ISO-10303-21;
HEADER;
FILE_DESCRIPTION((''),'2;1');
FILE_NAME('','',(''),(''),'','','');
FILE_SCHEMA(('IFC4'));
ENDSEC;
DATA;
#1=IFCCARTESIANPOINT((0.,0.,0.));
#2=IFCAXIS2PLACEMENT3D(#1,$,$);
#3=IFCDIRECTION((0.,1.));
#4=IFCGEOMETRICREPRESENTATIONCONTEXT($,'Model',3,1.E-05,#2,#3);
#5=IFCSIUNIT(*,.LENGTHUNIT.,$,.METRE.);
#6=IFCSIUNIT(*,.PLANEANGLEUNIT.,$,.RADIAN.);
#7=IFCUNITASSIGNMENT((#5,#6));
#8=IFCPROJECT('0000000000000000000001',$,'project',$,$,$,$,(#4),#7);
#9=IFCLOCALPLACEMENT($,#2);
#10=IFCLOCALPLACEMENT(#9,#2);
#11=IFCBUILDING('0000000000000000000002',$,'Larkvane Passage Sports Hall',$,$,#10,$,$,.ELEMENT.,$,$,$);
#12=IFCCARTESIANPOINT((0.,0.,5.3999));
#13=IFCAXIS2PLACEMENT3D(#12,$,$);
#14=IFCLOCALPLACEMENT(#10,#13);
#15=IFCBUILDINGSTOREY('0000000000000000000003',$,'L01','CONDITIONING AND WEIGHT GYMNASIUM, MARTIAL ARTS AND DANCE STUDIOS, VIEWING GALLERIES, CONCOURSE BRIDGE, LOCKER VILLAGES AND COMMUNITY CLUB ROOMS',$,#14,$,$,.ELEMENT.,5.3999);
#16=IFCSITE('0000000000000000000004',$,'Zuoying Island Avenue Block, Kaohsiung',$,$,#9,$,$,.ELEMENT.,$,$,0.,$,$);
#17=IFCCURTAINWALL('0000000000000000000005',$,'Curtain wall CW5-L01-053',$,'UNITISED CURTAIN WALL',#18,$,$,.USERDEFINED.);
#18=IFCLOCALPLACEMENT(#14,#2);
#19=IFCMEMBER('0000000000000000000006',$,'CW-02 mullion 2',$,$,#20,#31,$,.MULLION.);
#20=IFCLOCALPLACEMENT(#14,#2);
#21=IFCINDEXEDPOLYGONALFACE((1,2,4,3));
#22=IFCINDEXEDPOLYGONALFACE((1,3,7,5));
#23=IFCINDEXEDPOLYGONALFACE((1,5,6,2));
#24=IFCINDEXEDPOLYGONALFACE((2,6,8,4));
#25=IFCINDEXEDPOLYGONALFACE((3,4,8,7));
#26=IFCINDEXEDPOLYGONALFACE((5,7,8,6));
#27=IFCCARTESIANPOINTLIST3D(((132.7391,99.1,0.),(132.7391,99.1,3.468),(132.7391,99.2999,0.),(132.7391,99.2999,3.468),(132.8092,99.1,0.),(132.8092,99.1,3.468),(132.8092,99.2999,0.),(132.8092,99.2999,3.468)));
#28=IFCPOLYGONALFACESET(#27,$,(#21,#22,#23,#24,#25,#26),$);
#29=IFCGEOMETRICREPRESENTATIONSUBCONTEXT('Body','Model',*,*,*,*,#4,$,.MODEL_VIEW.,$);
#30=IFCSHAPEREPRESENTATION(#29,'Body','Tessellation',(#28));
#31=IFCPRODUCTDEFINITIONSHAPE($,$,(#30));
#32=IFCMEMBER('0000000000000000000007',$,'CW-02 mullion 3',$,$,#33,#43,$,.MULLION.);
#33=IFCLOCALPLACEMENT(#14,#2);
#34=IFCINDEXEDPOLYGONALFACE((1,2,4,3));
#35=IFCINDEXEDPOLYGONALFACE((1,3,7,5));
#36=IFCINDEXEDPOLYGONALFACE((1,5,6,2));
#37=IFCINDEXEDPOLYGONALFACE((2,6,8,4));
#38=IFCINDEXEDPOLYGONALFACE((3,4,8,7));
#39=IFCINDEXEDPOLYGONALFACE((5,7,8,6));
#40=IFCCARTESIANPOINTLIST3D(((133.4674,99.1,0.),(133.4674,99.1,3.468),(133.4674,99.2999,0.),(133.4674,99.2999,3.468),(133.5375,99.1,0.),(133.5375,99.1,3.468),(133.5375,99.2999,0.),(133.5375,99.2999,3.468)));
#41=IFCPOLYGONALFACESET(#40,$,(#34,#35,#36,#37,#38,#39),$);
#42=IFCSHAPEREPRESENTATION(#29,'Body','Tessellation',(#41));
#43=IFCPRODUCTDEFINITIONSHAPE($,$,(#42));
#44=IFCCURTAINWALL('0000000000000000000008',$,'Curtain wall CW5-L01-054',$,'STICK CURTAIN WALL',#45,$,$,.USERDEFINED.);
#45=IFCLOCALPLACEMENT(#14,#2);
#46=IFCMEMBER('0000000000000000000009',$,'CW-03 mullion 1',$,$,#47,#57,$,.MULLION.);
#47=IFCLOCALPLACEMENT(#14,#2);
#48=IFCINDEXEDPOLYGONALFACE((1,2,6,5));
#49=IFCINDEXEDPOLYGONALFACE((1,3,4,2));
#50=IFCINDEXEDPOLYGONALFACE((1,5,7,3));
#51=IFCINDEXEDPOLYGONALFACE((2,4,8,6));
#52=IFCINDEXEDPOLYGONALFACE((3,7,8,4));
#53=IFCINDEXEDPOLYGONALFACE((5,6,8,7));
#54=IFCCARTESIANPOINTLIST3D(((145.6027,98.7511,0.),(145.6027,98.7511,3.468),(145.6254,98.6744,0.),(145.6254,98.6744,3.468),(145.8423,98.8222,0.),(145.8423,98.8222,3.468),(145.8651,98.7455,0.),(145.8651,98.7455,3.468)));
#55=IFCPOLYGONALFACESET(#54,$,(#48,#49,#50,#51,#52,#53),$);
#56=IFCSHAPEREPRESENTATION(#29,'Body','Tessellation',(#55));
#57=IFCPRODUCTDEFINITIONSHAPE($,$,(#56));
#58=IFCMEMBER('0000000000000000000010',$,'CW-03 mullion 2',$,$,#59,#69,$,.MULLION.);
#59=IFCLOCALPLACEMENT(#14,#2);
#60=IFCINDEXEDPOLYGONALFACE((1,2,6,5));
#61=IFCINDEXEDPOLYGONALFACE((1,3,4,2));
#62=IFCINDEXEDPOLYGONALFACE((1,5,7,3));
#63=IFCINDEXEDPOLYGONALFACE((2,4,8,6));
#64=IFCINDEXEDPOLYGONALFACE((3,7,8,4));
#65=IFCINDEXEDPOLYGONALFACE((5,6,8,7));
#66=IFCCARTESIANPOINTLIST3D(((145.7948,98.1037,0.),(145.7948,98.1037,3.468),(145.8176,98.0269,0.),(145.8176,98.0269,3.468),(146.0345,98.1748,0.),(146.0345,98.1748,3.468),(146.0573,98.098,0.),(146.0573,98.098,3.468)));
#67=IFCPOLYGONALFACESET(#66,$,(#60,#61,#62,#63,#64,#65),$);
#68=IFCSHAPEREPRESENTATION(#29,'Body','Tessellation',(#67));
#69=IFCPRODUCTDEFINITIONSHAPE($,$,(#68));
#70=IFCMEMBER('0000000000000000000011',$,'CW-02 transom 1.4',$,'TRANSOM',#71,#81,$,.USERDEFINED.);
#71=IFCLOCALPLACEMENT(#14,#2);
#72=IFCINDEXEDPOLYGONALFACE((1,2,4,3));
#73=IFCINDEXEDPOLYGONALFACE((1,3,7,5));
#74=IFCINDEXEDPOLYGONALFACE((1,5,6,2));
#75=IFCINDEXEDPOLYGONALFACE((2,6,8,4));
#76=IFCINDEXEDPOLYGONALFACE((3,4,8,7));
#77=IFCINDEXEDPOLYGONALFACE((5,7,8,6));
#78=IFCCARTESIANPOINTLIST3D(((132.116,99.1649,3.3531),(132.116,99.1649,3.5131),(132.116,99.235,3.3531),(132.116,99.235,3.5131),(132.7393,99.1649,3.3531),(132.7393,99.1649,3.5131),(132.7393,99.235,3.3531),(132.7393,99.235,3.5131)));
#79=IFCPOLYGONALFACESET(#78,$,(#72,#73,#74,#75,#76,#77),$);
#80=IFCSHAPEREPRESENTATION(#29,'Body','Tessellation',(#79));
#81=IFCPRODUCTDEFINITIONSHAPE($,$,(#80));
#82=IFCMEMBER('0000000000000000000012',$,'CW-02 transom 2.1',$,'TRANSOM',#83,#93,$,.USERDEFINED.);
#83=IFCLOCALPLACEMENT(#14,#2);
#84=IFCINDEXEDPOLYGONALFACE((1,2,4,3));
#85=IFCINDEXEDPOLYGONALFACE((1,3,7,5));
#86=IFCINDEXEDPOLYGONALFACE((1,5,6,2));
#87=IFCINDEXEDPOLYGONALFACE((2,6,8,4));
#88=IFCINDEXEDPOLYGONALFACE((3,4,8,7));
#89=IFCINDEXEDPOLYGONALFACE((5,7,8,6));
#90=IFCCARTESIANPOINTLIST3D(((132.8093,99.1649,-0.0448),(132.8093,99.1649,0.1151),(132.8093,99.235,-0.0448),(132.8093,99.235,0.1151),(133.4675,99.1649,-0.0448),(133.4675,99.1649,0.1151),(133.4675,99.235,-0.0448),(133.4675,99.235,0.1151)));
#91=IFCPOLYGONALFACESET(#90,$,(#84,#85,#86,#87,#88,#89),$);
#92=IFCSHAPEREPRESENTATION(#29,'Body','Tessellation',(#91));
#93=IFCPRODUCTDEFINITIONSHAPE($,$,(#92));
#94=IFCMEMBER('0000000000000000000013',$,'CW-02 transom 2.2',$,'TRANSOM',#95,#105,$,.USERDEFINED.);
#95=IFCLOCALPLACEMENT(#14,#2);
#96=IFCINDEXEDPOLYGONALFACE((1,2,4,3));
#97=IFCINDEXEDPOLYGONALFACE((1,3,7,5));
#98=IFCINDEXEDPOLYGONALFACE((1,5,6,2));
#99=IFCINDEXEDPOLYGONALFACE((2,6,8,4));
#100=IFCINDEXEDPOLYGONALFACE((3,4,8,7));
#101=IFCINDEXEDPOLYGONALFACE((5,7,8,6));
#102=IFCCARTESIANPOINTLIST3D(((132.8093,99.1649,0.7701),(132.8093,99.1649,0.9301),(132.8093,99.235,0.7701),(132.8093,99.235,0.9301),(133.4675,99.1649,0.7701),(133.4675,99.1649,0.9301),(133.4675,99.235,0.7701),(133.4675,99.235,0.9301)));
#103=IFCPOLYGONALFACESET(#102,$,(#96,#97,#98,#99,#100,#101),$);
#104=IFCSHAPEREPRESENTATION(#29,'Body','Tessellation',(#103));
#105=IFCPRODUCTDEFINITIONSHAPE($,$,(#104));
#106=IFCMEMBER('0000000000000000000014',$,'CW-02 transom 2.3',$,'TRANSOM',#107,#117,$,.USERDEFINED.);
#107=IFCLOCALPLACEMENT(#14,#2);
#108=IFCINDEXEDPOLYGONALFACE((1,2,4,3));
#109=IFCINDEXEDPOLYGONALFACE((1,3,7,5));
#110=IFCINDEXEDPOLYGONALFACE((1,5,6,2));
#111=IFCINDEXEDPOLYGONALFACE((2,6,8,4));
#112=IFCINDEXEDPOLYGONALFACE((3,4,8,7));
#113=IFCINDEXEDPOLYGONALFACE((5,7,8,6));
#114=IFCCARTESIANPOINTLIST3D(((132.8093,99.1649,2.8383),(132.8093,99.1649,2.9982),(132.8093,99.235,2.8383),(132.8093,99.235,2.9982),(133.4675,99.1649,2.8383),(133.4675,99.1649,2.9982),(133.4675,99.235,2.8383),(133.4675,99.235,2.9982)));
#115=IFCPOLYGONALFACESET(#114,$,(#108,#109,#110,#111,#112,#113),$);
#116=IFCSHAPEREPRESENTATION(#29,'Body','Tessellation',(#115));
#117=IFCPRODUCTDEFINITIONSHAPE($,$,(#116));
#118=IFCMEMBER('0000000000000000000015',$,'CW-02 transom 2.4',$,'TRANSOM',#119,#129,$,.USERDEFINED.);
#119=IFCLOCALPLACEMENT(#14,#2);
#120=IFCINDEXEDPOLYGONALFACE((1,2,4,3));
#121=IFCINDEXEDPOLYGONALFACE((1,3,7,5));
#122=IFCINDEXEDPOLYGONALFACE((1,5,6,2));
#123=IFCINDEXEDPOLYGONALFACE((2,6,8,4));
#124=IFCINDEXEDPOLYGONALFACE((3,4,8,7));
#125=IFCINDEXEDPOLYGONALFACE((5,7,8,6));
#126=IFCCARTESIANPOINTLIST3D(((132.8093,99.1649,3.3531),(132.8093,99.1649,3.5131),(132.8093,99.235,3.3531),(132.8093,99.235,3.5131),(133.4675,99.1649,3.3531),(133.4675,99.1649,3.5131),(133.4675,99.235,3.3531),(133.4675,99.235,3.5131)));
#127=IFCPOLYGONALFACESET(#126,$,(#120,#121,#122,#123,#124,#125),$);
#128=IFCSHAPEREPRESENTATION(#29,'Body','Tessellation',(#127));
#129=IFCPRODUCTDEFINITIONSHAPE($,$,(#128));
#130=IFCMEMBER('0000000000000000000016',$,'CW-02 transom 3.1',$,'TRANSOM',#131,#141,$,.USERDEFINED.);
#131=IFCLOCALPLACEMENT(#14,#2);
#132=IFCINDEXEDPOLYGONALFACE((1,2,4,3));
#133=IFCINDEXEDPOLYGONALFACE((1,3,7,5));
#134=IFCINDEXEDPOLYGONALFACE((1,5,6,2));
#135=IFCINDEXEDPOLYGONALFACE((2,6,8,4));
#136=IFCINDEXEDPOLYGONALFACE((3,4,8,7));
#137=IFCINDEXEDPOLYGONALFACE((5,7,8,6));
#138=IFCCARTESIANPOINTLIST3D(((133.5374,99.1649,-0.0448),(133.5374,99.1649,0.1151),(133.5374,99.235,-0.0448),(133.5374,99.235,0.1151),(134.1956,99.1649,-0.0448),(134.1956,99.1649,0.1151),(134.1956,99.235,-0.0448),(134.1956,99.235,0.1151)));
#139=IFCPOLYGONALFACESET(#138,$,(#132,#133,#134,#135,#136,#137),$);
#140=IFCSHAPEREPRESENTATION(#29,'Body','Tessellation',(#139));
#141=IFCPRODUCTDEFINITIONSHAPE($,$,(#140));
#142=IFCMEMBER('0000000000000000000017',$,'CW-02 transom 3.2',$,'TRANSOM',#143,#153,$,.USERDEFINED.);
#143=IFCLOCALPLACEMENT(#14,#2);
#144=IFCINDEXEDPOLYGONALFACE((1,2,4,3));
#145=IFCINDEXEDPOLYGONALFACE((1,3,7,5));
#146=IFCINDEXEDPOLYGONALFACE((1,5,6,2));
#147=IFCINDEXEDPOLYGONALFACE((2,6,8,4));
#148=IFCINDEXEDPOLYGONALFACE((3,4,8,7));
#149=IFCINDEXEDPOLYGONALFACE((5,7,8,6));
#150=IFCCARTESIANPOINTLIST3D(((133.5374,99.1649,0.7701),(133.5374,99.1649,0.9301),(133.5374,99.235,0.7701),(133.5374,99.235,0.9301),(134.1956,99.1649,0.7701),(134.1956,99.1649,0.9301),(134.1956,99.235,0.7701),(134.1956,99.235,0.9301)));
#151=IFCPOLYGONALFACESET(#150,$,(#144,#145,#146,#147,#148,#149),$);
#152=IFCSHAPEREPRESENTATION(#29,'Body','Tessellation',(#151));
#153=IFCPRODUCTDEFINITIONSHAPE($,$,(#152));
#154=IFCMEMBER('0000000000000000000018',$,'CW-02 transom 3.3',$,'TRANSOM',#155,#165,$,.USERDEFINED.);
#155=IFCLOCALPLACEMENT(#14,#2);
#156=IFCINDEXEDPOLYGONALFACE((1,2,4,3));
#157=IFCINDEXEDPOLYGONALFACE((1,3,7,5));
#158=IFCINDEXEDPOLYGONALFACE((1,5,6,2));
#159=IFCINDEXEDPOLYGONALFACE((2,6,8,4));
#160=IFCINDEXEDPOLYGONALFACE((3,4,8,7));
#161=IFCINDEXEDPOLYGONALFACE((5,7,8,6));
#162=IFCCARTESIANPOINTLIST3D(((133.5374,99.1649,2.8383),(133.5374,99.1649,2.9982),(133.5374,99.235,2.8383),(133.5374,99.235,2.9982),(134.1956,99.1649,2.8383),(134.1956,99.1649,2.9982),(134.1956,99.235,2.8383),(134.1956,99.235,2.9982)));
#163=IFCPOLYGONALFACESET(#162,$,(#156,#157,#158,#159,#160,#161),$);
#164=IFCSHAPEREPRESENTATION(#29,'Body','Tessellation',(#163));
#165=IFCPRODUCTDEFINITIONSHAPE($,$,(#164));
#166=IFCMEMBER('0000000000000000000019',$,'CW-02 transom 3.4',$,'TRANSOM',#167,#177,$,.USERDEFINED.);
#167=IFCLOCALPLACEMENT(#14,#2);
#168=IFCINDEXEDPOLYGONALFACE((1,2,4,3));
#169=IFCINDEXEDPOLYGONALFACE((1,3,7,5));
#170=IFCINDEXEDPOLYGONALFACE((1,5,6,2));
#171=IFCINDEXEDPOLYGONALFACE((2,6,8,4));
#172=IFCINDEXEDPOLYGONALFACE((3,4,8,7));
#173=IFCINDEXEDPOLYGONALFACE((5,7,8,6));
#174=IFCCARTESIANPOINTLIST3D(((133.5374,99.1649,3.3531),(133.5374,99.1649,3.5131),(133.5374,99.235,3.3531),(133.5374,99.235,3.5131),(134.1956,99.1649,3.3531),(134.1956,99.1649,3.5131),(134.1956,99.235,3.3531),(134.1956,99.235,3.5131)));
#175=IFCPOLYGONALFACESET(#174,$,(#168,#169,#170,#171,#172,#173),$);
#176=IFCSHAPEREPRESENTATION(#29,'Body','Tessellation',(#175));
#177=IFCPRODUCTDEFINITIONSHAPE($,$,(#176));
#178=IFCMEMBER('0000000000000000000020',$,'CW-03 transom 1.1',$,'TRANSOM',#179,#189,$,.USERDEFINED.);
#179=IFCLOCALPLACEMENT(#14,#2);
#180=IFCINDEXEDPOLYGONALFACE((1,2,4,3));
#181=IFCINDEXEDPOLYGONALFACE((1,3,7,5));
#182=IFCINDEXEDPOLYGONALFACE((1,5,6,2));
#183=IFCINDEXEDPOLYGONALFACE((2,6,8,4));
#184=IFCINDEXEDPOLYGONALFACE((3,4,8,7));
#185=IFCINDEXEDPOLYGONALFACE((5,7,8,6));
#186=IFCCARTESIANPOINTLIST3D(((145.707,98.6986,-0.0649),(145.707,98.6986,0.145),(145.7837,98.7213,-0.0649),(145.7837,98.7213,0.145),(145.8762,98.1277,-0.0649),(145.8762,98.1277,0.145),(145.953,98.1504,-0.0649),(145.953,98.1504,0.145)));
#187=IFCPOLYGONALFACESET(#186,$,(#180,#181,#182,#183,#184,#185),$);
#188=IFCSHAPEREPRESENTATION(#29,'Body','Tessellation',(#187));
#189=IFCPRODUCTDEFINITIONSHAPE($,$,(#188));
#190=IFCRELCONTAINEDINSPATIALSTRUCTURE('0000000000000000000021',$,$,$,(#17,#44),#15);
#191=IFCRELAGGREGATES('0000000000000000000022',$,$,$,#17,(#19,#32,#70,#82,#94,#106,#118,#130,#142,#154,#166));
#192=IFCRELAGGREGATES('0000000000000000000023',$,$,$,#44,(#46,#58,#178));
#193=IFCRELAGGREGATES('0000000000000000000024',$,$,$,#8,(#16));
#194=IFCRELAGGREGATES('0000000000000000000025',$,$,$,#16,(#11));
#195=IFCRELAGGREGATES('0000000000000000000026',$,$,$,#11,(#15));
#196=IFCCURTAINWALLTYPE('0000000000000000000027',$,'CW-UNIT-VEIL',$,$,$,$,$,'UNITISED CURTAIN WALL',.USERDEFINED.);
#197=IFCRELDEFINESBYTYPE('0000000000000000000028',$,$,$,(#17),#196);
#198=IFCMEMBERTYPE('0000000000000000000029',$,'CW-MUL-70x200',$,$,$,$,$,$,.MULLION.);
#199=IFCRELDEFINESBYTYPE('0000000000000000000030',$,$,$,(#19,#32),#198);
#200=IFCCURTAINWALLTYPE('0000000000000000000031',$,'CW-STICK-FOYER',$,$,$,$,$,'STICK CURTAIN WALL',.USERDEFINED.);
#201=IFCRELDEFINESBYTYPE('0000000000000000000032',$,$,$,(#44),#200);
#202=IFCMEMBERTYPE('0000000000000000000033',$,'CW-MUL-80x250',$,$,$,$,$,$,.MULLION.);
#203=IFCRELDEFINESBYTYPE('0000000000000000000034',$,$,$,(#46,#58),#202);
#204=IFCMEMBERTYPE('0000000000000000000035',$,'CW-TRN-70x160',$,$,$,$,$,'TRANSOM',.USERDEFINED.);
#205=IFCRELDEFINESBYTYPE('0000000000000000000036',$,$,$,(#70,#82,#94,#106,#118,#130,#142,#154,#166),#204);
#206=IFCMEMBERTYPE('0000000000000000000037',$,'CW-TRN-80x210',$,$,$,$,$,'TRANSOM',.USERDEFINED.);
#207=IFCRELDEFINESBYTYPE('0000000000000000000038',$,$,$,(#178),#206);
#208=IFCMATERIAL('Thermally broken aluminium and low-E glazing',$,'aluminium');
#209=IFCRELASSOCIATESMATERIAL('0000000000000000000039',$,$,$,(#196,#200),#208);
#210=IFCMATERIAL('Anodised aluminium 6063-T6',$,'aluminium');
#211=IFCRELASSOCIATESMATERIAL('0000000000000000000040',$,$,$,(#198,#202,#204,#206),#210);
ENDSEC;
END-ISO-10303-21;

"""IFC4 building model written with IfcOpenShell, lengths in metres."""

from ifc_helpers import new_model, si_unit, direction, frame, origin, origin_2d, place, context, subcontext, project, spatial, rectangle, extrude, material, material_profile, profile_set, type_object, element, aggregate, save


model = new_model("IFC4")

# Units and contexts
model_context = context("Model", 3, precision=1e-05, world=origin(), true_north=direction((0.0, 1.0)))
body_context = subcontext(model_context, "Body", "Model", "MODEL_VIEW")
ifc_project = project(units=[si_unit("LENGTHUNIT", "METRE"), si_unit("PLANEANGLEUNIT", "RADIAN")], contexts=[model_context])

# Site, building, storey
site_placement = place(None, origin())
site = spatial("IfcSite", under=ifc_project, at=site_placement, Name="Zuoying Island Avenue Block, Kaohsiung", CompositionType="ELEMENT", RefElevation=0.0)
building_placement = place(site_placement, origin())
building = spatial("IfcBuilding", under=site, at=building_placement, Name="Larkvane Passage Sports Hall", CompositionType="ELEMENT")
storey_placement = place(building_placement, frame((0.0, 0.0, 5.3999)))
storey = spatial("IfcBuildingStorey", under=building, at=storey_placement, Name="L01", Description="CONDITIONING AND WEIGHT GYMNASIUM, MARTIAL ARTS AND DANCE STUDIOS, VIEWING GALLERIES, CONCOURSE BRIDGE, LOCKER VILLAGES AND COMMUNITY CLUB ROOMS", CompositionType="ELEMENT", Elevation=5.3999)

# Curtain walls, members
ifc_material_1 = material(Name="Thermally broken aluminium and low-E glazing", Category="aluminium")
curtain_wall_type_1 = type_object("IfcCurtainWallType", Name="CW-UNIT-VEIL", ElementType="UNITISED CURTAIN WALL", PredefinedType="USERDEFINED", material=ifc_material_1)
curtain_wall_1_placement = place(storey_placement, origin())
curtain_wall_1 = element("IfcCurtainWall", 1, at=curtain_wall_1_placement, inside=storey, type_object=curtain_wall_type_1, Name="Curtain wall CW5-L01-053", ObjectType="UNITISED CURTAIN WALL", PredefinedType="USERDEFINED")
ifc_material_2 = material(Name="Anodised aluminium 6063-T6", Category="aluminium")
ifc_material_profile_1 = material_profile(ifc_material_2, rectangle(XDim=0.0701, YDim=0.2, at=origin_2d()), Name="ALU-MUL-70x200")
ifc_profile_set_1 = profile_set([ifc_material_profile_1], Name="Anodised aluminium 6063-T6")
member_type_1 = type_object("IfcMemberType", Name="CW-MUL-70x200", PredefinedType="MULLION", material=ifc_profile_set_1)
member_1_placement = place(storey_placement, frame((132.7742, 99.2, 0.0), z_axis=(0.0, 0.0, 1.0), x_axis=(1.0, 0.0, 0.0)))
member_1 = element("IfcMember", 2, at=member_1_placement, type_object=member_type_1, Name="CW-02 mullion 2", PredefinedType="MULLION", context=body_context, shape_type="SweptSolid", body=[
    extrude(rectangle(XDim=0.0701, YDim=0.2, at=origin_2d()), origin(), (0.0, 0.0, 1.0), 3.468),
])
member_2_placement = place(storey_placement, frame((133.5024, 99.2, 0.0), z_axis=(0.0, 0.0, 1.0), x_axis=(1.0, 0.0, 0.0)))
member_2 = element("IfcMember", 3, at=member_2_placement, type_object=member_type_1, Name="CW-02 mullion 3", PredefinedType="MULLION", context=body_context, shape_type="SweptSolid", body=[
    extrude(rectangle(XDim=0.0701, YDim=0.2, at=origin_2d()), origin(), (0.0, 0.0, 1.0), 3.468),
])
curtain_wall_type_2 = type_object("IfcCurtainWallType", Name="CW-STICK-FOYER", ElementType="STICK CURTAIN WALL", PredefinedType="USERDEFINED", material=ifc_material_1)
curtain_wall_2_placement = place(storey_placement, origin())
curtain_wall_2 = element("IfcCurtainWall", 4, at=curtain_wall_2_placement, inside=storey, type_object=curtain_wall_type_2, Name="Curtain wall CW5-L01-054", ObjectType="STICK CURTAIN WALL", PredefinedType="USERDEFINED")
ifc_material_profile_2 = material_profile(ifc_material_2, rectangle(XDim=0.0801, YDim=0.25, at=origin_2d()), Name="ALU-MUL-80x250")
ifc_profile_set_2 = profile_set([ifc_material_profile_2], Name="Anodised aluminium 6063-T6")
member_type_2 = type_object("IfcMemberType", Name="CW-MUL-80x250", PredefinedType="MULLION", material=ifc_profile_set_2)
member_3_placement = place(storey_placement, frame((145.7339, 98.7483, 0.0), z_axis=(0.0, 0.0, 1.0), x_axis=(0.284363, -0.958717, 0.0)))
member_3 = element("IfcMember", 5, at=member_3_placement, type_object=member_type_2, Name="CW-03 mullion 1", PredefinedType="MULLION", context=body_context, shape_type="SweptSolid", body=[
    extrude(rectangle(XDim=0.0801, YDim=0.25, at=origin_2d()), origin(), (0.0, 0.0, 1.0), 3.468),
])
member_4_placement = place(storey_placement, frame((145.926, 98.1008, 0.0), z_axis=(0.0, 0.0, 1.0), x_axis=(0.284363, -0.958717, 0.0)))
member_4 = element("IfcMember", 6, at=member_4_placement, type_object=member_type_2, Name="CW-03 mullion 2", PredefinedType="MULLION", context=body_context, shape_type="SweptSolid", body=[
    extrude(rectangle(XDim=0.0801, YDim=0.25, at=origin_2d()), origin(), (0.0, 0.0, 1.0), 3.468),
])

# Members
ifc_material_profile_3 = material_profile(ifc_material_2, rectangle(XDim=0.0701, YDim=0.1599, at=origin_2d()), Name="ALU-TRN-70x160")
ifc_profile_set_3 = profile_set([ifc_material_profile_3], Name="Anodised aluminium 6063-T6")
member_type_3 = type_object("IfcMemberType", Name="CW-TRN-70x160", ElementType="TRANSOM", PredefinedType="USERDEFINED", material=ifc_profile_set_3)
member_5_placement = place(storey_placement, frame((132.116, 99.2, 3.4331), z_axis=(1.0, 0.0, 0.0), x_axis=(0.0, 1.0, 0.0)))
member_5 = element("IfcMember", 7, at=member_5_placement, type_object=member_type_3, Name="CW-02 transom 1.4", ObjectType="TRANSOM", PredefinedType="USERDEFINED", context=body_context, shape_type="SweptSolid", body=[
    extrude(rectangle(XDim=0.0701, YDim=0.1599, at=origin_2d()), origin(), (0.0, 0.0, 1.0), 0.6233),
])
member_6_placement = place(storey_placement, frame((132.8093, 99.2, 0.0352), z_axis=(1.0, 0.0, 0.0), x_axis=(0.0, 1.0, 0.0)))
member_6 = element("IfcMember", 8, at=member_6_placement, type_object=member_type_3, Name="CW-02 transom 2.1", ObjectType="TRANSOM", PredefinedType="USERDEFINED", context=body_context, shape_type="SweptSolid", body=[
    extrude(rectangle(XDim=0.0701, YDim=0.1599, at=origin_2d()), origin(), (0.0, 0.0, 1.0), 0.6582),
])
member_7_placement = place(storey_placement, frame((132.8093, 99.2, 0.8501), z_axis=(1.0, 0.0, 0.0), x_axis=(0.0, 1.0, 0.0)))
member_7 = element("IfcMember", 9, at=member_7_placement, type_object=member_type_3, Name="CW-02 transom 2.2", ObjectType="TRANSOM", PredefinedType="USERDEFINED", context=body_context, shape_type="SweptSolid", body=[
    extrude(rectangle(XDim=0.0701, YDim=0.1599, at=origin_2d()), origin(), (0.0, 0.0, 1.0), 0.6582),
])
member_8_placement = place(storey_placement, frame((132.8093, 99.2, 2.9182), z_axis=(1.0, 0.0, 0.0), x_axis=(0.0, 1.0, 0.0)))
member_8 = element("IfcMember", 10, at=member_8_placement, type_object=member_type_3, Name="CW-02 transom 2.3", ObjectType="TRANSOM", PredefinedType="USERDEFINED", context=body_context, shape_type="SweptSolid", body=[
    extrude(rectangle(XDim=0.0701, YDim=0.1599, at=origin_2d()), origin(), (0.0, 0.0, 1.0), 0.6582),
])
member_9_placement = place(storey_placement, frame((132.8093, 99.2, 3.4331), z_axis=(1.0, 0.0, 0.0), x_axis=(0.0, 1.0, 0.0)))
member_9 = element("IfcMember", 11, at=member_9_placement, type_object=member_type_3, Name="CW-02 transom 2.4", ObjectType="TRANSOM", PredefinedType="USERDEFINED", context=body_context, shape_type="SweptSolid", body=[
    extrude(rectangle(XDim=0.0701, YDim=0.1599, at=origin_2d()), origin(), (0.0, 0.0, 1.0), 0.6582),
])
member_10_placement = place(storey_placement, frame((133.5374, 99.2, 0.0352), z_axis=(1.0, 0.0, 0.0), x_axis=(0.0, 1.0, 0.0)))
member_10 = element("IfcMember", 12, at=member_10_placement, type_object=member_type_3, Name="CW-02 transom 3.1", ObjectType="TRANSOM", PredefinedType="USERDEFINED", context=body_context, shape_type="SweptSolid", body=[
    extrude(rectangle(XDim=0.0701, YDim=0.1599, at=origin_2d()), origin(), (0.0, 0.0, 1.0), 0.6582),
])
member_11_placement = place(storey_placement, frame((133.5374, 99.2, 0.8501), z_axis=(1.0, 0.0, 0.0), x_axis=(0.0, 1.0, 0.0)))
member_11 = element("IfcMember", 13, at=member_11_placement, type_object=member_type_3, Name="CW-02 transom 3.2", ObjectType="TRANSOM", PredefinedType="USERDEFINED", context=body_context, shape_type="SweptSolid", body=[
    extrude(rectangle(XDim=0.0701, YDim=0.1599, at=origin_2d()), origin(), (0.0, 0.0, 1.0), 0.6582),
])
member_12_placement = place(storey_placement, frame((133.5374, 99.2, 2.9182), z_axis=(1.0, 0.0, 0.0), x_axis=(0.0, 1.0, 0.0)))
member_12 = element("IfcMember", 14, at=member_12_placement, type_object=member_type_3, Name="CW-02 transom 3.3", ObjectType="TRANSOM", PredefinedType="USERDEFINED", context=body_context, shape_type="SweptSolid", body=[
    extrude(rectangle(XDim=0.0701, YDim=0.1599, at=origin_2d()), origin(), (0.0, 0.0, 1.0), 0.6582),
])
member_13_placement = place(storey_placement, frame((133.5374, 99.2, 3.4331), z_axis=(1.0, 0.0, 0.0), x_axis=(0.0, 1.0, 0.0)))
member_13 = element("IfcMember", 15, at=member_13_placement, type_object=member_type_3, Name="CW-02 transom 3.4", ObjectType="TRANSOM", PredefinedType="USERDEFINED", context=body_context, shape_type="SweptSolid", body=[
    extrude(rectangle(XDim=0.0701, YDim=0.1599, at=origin_2d()), origin(), (0.0, 0.0, 1.0), 0.6582),
])
ifc_material_profile_4 = material_profile(ifc_material_2, rectangle(XDim=0.0801, YDim=0.21, at=origin_2d()), Name="ALU-TRN-80x210")
ifc_profile_set_4 = profile_set([ifc_material_profile_4], Name="Anodised aluminium 6063-T6")
member_type_4 = type_object("IfcMemberType", Name="CW-TRN-80x210", ElementType="TRANSOM", PredefinedType="USERDEFINED", material=ifc_profile_set_4)
member_14_placement = place(storey_placement, frame((145.7454, 98.71, 0.04), z_axis=(0.284186, -0.958769, 0.0), x_axis=(0.958769, 0.284186, 0.0)))
member_14 = element("IfcMember", 16, at=member_14_placement, type_object=member_type_4, Name="CW-03 transom 1.1", ObjectType="TRANSOM", PredefinedType="USERDEFINED", context=body_context, shape_type="SweptSolid", body=[
    extrude(rectangle(XDim=0.0801, YDim=0.21, at=origin_2d()), origin(), (0.0, 0.0, 1.0), 0.5955),
])

aggregate(curtain_wall_1, [member_1, member_2, member_5, member_6, member_7, member_8, member_9, member_10, member_11, member_12, member_13])
aggregate(curtain_wall_2, [member_3, member_4, member_14])

save(model, "model.ifc")
